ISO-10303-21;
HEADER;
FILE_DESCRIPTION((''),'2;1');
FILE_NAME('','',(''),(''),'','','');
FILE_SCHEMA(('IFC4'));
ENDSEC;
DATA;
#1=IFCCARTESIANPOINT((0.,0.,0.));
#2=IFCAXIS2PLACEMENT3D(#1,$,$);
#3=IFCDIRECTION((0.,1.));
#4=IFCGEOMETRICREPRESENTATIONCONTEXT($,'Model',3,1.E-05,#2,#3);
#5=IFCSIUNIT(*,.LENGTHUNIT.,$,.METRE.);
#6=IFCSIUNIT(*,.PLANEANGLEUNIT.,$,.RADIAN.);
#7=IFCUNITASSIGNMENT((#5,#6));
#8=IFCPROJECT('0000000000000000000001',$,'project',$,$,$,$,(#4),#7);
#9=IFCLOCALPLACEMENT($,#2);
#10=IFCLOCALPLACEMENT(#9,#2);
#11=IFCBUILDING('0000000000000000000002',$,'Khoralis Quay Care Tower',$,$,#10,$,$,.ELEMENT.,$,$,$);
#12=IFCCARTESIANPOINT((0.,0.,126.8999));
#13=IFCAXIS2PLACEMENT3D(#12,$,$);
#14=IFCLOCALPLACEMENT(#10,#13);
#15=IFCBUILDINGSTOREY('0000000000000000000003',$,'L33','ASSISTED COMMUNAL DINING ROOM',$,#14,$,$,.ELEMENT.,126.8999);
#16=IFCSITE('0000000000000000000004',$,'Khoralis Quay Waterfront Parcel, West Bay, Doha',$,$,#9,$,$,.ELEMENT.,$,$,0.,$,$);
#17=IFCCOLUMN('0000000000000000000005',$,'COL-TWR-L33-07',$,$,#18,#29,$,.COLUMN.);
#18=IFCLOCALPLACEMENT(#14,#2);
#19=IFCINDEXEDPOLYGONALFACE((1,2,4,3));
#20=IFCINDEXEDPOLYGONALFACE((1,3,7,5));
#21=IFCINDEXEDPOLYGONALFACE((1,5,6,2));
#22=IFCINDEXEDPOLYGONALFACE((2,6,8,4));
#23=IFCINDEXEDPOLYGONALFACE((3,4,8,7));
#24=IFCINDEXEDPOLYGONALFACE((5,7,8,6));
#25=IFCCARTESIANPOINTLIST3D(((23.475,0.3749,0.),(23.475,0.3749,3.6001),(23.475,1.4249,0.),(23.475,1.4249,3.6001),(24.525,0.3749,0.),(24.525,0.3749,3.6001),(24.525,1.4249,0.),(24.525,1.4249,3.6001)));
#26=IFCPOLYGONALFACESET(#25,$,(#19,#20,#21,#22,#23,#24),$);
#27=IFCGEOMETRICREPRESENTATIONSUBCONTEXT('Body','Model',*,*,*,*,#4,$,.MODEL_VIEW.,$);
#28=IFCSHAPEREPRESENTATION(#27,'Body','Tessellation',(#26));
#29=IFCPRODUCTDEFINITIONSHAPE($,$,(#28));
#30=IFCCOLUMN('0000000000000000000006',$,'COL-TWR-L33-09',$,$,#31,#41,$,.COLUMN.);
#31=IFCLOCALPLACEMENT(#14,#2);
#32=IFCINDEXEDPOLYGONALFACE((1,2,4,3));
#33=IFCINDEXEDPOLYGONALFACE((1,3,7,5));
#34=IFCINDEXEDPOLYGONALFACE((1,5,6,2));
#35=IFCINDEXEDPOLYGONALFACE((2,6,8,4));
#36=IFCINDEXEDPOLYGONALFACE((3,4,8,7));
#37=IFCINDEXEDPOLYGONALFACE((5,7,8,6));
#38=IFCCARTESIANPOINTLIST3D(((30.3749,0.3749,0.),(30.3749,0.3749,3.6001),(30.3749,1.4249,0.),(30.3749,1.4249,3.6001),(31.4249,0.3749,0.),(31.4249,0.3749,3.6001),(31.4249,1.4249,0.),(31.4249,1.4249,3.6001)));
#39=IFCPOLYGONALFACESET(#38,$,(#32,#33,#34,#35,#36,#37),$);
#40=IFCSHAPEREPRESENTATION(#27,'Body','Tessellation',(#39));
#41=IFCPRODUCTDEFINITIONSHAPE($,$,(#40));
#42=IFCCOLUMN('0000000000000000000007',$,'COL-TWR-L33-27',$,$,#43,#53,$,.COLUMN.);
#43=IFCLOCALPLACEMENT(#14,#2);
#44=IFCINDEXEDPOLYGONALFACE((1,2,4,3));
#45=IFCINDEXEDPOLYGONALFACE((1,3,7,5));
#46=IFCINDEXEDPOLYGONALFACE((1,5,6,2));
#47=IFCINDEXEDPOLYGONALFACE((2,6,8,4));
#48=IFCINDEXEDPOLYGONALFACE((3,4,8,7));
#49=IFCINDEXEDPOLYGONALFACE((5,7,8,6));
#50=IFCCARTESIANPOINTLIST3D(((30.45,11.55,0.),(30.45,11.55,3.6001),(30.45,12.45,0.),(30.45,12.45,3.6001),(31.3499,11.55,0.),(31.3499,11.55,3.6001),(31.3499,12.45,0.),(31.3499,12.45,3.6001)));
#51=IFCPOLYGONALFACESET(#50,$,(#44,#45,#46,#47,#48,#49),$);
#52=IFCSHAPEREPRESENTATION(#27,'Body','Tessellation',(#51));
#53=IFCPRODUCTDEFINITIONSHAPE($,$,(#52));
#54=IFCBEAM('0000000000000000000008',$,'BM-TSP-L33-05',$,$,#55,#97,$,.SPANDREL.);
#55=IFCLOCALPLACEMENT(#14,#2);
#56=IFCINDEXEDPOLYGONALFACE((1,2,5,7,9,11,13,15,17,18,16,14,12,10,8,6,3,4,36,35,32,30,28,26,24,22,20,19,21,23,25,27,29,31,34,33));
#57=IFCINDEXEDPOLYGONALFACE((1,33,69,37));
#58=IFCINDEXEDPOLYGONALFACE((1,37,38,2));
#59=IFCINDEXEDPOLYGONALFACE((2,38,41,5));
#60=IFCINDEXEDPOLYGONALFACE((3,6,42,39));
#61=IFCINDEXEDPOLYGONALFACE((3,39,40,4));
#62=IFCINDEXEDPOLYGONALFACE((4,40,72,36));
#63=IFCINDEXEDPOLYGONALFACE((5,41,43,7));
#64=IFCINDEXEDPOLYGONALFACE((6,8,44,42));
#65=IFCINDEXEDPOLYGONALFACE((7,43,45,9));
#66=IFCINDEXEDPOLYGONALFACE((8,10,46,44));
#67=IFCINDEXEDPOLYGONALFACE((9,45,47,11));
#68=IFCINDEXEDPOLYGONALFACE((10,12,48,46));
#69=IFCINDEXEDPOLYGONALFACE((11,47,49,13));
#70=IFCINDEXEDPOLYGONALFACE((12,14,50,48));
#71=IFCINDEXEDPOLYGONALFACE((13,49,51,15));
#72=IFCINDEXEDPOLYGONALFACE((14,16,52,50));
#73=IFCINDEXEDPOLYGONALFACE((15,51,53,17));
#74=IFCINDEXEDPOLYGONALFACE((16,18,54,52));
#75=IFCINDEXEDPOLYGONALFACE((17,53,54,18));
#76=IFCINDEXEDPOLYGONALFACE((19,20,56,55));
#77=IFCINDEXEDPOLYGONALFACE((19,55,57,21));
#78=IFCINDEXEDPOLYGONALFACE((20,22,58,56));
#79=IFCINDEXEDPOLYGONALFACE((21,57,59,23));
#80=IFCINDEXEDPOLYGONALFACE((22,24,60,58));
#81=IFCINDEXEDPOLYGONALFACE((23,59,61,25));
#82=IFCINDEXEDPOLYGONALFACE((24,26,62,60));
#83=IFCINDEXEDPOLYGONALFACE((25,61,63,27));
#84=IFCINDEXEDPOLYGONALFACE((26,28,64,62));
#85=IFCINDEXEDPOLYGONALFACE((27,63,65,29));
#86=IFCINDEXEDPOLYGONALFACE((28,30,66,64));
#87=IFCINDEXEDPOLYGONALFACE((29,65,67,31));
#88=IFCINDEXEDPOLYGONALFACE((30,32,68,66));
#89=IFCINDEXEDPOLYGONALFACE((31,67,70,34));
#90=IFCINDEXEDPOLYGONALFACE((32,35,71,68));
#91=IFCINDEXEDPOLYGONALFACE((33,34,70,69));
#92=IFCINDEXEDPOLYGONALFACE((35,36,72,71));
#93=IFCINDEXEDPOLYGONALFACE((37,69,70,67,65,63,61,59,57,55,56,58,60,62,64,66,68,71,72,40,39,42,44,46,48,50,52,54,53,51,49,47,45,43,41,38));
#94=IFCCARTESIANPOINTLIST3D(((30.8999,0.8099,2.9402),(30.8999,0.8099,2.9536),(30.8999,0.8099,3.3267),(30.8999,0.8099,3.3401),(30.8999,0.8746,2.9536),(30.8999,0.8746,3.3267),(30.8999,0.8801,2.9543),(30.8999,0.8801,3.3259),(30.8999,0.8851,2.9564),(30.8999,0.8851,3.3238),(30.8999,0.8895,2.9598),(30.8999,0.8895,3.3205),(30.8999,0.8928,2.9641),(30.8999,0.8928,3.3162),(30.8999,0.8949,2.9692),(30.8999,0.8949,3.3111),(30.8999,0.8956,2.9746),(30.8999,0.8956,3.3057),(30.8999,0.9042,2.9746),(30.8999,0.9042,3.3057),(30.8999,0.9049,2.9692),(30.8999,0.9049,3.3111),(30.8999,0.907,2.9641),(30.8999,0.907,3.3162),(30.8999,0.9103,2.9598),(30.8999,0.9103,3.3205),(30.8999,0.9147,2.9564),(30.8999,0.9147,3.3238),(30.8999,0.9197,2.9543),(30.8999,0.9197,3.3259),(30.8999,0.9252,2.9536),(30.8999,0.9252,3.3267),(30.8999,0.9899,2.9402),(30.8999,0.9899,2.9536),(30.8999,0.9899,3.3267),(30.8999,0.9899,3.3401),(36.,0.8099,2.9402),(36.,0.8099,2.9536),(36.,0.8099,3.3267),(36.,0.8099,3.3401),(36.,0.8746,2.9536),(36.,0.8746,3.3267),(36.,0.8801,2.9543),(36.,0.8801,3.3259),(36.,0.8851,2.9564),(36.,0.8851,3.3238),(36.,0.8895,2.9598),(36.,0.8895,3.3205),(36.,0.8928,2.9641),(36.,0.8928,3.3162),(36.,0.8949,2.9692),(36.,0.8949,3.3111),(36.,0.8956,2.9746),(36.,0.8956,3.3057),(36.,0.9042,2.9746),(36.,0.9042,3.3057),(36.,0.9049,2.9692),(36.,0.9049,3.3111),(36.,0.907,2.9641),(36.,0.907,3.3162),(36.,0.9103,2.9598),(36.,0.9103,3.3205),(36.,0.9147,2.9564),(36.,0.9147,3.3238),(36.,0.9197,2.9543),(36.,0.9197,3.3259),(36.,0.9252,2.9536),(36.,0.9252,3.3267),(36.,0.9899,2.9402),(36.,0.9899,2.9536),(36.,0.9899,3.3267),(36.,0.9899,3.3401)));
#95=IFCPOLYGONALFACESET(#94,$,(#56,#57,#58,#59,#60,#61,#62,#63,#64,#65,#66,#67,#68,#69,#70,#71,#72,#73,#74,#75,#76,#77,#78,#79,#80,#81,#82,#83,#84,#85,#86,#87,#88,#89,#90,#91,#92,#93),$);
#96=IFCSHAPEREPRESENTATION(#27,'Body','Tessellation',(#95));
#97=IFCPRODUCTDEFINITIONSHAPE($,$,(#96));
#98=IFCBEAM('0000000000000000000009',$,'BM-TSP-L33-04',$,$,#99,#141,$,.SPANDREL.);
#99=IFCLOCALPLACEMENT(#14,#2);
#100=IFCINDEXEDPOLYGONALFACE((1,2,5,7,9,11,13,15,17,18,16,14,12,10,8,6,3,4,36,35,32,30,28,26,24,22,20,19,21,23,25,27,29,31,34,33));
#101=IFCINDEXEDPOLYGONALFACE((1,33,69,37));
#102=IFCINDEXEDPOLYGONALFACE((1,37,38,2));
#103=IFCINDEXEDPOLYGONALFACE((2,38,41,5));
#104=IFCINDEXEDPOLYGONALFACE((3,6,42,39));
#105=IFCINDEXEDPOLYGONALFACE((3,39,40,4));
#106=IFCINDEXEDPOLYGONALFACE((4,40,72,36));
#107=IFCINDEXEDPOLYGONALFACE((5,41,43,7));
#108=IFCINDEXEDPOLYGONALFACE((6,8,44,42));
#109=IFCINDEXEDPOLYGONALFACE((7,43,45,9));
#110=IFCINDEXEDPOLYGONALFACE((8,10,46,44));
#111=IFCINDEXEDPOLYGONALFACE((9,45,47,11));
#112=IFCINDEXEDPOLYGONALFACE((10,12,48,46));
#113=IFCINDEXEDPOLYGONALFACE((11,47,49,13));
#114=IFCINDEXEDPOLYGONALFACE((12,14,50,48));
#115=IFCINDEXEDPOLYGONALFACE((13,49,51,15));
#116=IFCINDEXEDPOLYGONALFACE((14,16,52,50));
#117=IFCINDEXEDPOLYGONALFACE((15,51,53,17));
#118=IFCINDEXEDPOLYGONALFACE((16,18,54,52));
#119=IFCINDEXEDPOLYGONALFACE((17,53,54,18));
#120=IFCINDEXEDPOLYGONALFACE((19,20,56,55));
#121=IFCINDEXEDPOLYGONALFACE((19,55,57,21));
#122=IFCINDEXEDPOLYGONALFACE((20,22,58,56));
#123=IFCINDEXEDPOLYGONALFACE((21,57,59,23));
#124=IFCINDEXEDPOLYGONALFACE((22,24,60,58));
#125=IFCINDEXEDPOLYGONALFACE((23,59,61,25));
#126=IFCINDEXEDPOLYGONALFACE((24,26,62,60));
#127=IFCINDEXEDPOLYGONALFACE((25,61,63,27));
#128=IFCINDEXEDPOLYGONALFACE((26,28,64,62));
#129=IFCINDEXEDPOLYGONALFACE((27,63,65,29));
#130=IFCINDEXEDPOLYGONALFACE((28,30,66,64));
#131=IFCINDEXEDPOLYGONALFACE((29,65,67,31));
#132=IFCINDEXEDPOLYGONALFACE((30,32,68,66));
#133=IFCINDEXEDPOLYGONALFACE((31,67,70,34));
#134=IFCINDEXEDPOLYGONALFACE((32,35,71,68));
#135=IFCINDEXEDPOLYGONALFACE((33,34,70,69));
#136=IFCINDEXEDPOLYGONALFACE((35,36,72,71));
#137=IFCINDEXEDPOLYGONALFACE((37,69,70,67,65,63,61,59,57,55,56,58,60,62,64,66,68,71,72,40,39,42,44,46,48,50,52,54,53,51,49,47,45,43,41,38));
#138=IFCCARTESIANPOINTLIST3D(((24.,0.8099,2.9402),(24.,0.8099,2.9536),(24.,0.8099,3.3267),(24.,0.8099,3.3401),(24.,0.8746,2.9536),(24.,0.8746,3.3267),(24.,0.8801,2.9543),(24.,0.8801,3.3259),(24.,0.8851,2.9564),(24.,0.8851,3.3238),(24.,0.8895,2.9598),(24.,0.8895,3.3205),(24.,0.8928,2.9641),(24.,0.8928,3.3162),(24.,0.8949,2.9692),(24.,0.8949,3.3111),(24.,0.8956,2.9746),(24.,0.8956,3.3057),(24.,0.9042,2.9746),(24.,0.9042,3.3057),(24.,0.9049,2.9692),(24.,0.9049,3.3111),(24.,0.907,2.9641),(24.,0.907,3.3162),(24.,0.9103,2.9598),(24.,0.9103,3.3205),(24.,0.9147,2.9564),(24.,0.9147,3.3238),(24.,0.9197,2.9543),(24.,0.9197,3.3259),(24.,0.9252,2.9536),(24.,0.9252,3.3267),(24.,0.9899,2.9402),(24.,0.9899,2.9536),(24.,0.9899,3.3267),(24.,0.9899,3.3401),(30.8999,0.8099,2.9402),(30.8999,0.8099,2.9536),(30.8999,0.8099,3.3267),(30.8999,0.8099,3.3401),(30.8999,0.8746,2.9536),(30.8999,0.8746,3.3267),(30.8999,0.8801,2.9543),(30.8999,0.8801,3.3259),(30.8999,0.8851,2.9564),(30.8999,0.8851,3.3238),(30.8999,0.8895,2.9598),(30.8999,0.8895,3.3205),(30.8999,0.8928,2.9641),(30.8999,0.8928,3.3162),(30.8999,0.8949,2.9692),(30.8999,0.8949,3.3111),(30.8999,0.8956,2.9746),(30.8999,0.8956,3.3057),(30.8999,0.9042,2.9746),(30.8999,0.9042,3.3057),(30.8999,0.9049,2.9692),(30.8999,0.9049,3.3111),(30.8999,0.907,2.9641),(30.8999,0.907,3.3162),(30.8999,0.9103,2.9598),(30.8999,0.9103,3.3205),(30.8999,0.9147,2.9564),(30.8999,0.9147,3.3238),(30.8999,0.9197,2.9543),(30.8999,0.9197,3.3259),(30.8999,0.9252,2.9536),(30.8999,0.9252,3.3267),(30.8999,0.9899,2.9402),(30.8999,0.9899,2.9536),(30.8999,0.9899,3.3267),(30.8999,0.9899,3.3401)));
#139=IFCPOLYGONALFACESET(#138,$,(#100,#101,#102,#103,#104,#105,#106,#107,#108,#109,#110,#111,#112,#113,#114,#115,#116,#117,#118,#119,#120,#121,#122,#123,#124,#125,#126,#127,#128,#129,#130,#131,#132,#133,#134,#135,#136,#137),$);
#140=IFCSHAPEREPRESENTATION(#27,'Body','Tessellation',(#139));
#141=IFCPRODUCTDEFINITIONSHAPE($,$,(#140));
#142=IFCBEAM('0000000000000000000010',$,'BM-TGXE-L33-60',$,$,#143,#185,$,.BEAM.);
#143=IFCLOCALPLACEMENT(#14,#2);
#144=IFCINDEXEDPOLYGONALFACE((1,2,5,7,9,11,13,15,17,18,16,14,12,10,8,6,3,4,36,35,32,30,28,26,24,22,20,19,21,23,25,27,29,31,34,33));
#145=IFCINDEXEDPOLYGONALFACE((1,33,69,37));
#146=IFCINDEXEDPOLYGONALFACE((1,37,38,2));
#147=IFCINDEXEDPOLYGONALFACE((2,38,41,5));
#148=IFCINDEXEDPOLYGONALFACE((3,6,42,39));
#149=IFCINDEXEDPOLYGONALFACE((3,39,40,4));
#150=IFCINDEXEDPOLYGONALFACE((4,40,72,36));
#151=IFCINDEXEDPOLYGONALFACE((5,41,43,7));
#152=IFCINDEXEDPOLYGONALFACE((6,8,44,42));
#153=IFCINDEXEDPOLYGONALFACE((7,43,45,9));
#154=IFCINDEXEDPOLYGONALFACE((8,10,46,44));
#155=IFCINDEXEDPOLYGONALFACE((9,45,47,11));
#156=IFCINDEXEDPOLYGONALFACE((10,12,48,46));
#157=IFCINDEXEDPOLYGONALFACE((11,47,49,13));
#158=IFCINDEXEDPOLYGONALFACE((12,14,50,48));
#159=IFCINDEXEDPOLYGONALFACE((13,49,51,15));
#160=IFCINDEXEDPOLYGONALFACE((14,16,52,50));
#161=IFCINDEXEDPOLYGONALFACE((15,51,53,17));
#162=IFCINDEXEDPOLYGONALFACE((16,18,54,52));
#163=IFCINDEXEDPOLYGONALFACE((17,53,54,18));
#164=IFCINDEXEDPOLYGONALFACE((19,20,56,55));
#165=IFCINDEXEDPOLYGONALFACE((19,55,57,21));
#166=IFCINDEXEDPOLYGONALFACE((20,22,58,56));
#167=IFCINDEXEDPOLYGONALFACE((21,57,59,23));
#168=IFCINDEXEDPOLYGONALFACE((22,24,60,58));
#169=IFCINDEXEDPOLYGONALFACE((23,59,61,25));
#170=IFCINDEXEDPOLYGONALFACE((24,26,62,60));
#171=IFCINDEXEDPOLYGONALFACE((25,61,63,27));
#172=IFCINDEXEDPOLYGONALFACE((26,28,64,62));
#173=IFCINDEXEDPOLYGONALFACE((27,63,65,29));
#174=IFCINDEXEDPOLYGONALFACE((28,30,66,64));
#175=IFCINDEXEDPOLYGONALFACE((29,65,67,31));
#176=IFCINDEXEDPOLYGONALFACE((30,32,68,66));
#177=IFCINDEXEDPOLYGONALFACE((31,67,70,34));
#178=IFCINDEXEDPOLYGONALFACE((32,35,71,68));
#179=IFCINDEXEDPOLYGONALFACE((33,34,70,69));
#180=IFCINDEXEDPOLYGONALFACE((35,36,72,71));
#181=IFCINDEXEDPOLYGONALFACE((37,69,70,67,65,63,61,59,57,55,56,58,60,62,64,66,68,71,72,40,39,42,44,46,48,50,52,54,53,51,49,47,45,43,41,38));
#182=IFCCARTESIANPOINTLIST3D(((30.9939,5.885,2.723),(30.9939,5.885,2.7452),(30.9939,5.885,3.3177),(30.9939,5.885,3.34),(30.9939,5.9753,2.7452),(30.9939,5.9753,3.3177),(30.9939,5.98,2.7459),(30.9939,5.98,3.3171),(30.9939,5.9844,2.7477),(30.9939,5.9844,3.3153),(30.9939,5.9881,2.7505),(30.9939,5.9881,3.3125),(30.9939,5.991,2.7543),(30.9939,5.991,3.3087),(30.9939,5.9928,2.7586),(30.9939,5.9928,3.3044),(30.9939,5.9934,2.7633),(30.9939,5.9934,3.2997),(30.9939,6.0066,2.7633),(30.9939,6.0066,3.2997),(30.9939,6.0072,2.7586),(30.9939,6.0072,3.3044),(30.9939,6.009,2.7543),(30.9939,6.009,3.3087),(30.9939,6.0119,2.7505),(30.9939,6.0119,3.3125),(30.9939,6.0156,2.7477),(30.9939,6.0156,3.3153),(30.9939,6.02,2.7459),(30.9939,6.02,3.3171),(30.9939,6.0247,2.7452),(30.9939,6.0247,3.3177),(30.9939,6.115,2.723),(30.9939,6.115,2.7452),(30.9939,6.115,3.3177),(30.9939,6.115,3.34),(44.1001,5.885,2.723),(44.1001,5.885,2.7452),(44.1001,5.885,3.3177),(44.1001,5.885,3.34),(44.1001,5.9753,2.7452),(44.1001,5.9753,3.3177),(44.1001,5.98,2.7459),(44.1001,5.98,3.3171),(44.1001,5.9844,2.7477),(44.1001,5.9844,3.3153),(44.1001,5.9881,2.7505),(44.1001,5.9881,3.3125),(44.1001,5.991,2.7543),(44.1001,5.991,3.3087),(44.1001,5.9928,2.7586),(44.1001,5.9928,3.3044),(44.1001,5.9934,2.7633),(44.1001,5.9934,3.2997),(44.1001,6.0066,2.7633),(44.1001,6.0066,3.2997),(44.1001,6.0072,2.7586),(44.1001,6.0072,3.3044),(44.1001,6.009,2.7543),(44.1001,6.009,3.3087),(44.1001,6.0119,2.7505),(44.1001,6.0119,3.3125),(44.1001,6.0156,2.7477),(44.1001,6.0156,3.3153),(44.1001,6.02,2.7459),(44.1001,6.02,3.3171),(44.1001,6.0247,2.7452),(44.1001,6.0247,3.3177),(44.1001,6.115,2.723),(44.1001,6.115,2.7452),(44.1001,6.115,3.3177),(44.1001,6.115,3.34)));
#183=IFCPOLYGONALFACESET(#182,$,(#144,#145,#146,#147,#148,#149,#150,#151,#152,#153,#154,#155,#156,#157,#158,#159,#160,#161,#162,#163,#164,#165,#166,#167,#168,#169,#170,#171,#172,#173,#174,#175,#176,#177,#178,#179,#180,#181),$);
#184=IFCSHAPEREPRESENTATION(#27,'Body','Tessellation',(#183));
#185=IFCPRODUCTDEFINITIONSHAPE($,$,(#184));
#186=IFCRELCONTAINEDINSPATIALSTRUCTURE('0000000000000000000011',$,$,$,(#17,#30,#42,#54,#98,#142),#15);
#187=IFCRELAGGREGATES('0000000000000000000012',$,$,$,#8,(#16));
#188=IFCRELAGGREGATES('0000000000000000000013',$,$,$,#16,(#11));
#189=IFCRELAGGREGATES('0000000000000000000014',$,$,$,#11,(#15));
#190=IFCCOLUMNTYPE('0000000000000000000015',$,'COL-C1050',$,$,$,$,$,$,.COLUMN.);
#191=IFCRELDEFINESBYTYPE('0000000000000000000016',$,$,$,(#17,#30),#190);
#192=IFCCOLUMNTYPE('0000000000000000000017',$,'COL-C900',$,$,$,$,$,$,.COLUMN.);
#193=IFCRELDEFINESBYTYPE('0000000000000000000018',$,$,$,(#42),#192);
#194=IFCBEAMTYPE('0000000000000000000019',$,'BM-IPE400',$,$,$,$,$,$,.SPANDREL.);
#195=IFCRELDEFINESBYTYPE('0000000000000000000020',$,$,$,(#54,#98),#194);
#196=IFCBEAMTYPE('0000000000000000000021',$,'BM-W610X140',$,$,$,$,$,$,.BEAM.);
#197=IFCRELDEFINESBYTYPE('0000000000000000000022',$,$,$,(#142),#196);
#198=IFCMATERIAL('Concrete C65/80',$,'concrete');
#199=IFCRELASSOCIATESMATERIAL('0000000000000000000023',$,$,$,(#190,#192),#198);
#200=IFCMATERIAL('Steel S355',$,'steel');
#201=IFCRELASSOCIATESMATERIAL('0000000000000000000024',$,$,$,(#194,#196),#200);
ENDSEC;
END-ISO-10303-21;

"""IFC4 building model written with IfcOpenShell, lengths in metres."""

from ifc_helpers import new_model, si_unit, direction, frame, origin, origin_2d, place, context, subcontext, project, spatial, rectangle, i_section, extrude, source, transform, mapped, material, material_profile, profile_set, type_object, element, save


model = new_model("IFC4")

# Units and contexts
model_context = context("Model", 3, precision=1e-05, world=origin(), true_north=direction((0.0, 1.0)))
body_context = subcontext(model_context, "Body", "Model", "MODEL_VIEW")
ifc_project = project(units=[si_unit("LENGTHUNIT", "METRE"), si_unit("PLANEANGLEUNIT", "RADIAN")], contexts=[model_context])

# Site, building, storey
site_placement = place(None, origin())
site = spatial("IfcSite", under=ifc_project, at=site_placement, Name="Khoralis Quay Waterfront Parcel, West Bay, Doha", CompositionType="ELEMENT", RefElevation=0.0)
building_placement = place(site_placement, origin())
building = spatial("IfcBuilding", under=site, at=building_placement, Name="Khoralis Quay Care Tower", CompositionType="ELEMENT")
storey_placement = place(building_placement, frame((0.0, 0.0, 126.8999)))
storey = spatial("IfcBuildingStorey", under=building, at=storey_placement, Name="L33", Description="ASSISTED COMMUNAL DINING ROOM", CompositionType="ELEMENT", Elevation=126.8999)

# Columns
ifc_material_1 = material(Name="Concrete C65/80", Category="concrete")
ifc_material_profile_1 = material_profile(ifc_material_1, rectangle(XDim=1.05, YDim=1.05, at=origin_2d()), Name="Concrete C65/80")
ifc_profile_set_1 = profile_set([ifc_material_profile_1], Name="Concrete C65/80")
column_type_1 = type_object("IfcColumnType", Name="COL-C1050", PredefinedType="COLUMN", material=ifc_profile_set_1)
shared_shape_1 = source(origin(), body_context, "Body", "SweptSolid", [
    extrude(rectangle(XDim=1.05, YDim=1.05, at=origin_2d()), origin(), (0.0, 0.0, 1.0), 3.6001),
])
for number, where, z_axis, x_axis, name in (
    (1, (24.0, 0.8999, 0.0), (0.0, 0.0, 1.0), (1.0, 0.0, 0.0), "COL-TWR-L33-07"),
    (2, (30.8999, 0.8999, 0.0), (0.0, 0.0, 1.0), (1.0, 0.0, 0.0), "COL-TWR-L33-09"),
):
    element("IfcColumn", number, at=place(storey_placement, frame(where, z_axis=z_axis, x_axis=x_axis)), inside=storey, type_object=column_type_1, Name=name, PredefinedType="COLUMN", context=body_context, shape_type="MappedRepresentation", body=[
        mapped(shared_shape_1, transform((0.0, 0.0, 0.0), scale=1.0)),
    ])
ifc_material_profile_2 = material_profile(ifc_material_1, rectangle(XDim=0.8999, YDim=0.8999, at=origin_2d()), Name="Concrete C65/80")
ifc_profile_set_2 = profile_set([ifc_material_profile_2], Name="Concrete C65/80")
column_type_2 = type_object("IfcColumnType", Name="COL-C900", PredefinedType="COLUMN", material=ifc_profile_set_2)
shared_shape_2 = source(origin(), body_context, "Body", "SweptSolid", [
    extrude(rectangle(XDim=0.8999, YDim=0.8999, at=origin_2d()), origin(), (0.0, 0.0, 1.0), 3.6001),
])
column_placement = place(storey_placement, frame((30.8999, 12.0, 0.0), z_axis=(0.0, 0.0, 1.0), x_axis=(1.0, 0.0, 0.0)))
element("IfcColumn", 3, at=column_placement, inside=storey, type_object=column_type_2, Name="COL-TWR-L33-27", PredefinedType="COLUMN", context=body_context, shape_type="MappedRepresentation", body=[
    mapped(shared_shape_2, transform((0.0, 0.0, 0.0), scale=1.0)),
])

# Beams
ifc_material_2 = material(Name="Steel S355", Category="steel")
ifc_material_profile_3 = material_profile(ifc_material_2, i_section(OverallWidth=0.1799, OverallDepth=0.3999, WebThickness=0.0085, FlangeThickness=0.0134, FilletRadius=0.021, at=origin_2d()), Name="Steel S355")
ifc_profile_set_3 = profile_set([ifc_material_profile_3], Name="Steel S355")
beam_type_1 = type_object("IfcBeamType", Name="BM-IPE400", PredefinedType="SPANDREL", material=ifc_profile_set_3)
shared_shape_3 = source(origin(), body_context, "Body", "SweptSolid", [
    extrude(i_section(OverallWidth=0.1799, OverallDepth=0.3999, WebThickness=0.0085, FlangeThickness=0.0134, FilletRadius=0.021, at=origin_2d()), origin(), (0.0, 0.0, 1.0), 5.1001),
])
beam_1_placement = place(storey_placement, frame((30.8999, 0.8999, 3.1401), z_axis=(1.0, 0.0, 0.0), x_axis=(0.0, 1.0, 0.0)))
element("IfcBeam", 4, at=beam_1_placement, inside=storey, type_object=beam_type_1, Name="BM-TSP-L33-05", PredefinedType="SPANDREL", context=body_context, shape_type="MappedRepresentation", body=[
    mapped(shared_shape_3, transform((0.0, 0.0, 0.0), scale=1.0)),
])
shared_shape_4 = source(origin(), body_context, "Body", "SweptSolid", [
    extrude(i_section(OverallWidth=0.1799, OverallDepth=0.3999, WebThickness=0.0085, FlangeThickness=0.0134, FilletRadius=0.021, at=origin_2d()), origin(), (0.0, 0.0, 1.0), 6.8999),
])
beam_2_placement = place(storey_placement, frame((24.0, 0.8999, 3.1401), z_axis=(1.0, 0.0, 0.0), x_axis=(0.0, 1.0, 0.0)))
element("IfcBeam", 5, at=beam_2_placement, inside=storey, type_object=beam_type_1, Name="BM-TSP-L33-04", PredefinedType="SPANDREL", context=body_context, shape_type="MappedRepresentation", body=[
    mapped(shared_shape_4, transform((0.0, 0.0, 0.0), scale=1.0)),
])
ifc_material_profile_4 = material_profile(ifc_material_2, i_section(OverallWidth=0.23, OverallDepth=0.6169, WebThickness=0.0132, FlangeThickness=0.0222, FilletRadius=0.0181, at=origin_2d()), Name="Steel S355")
ifc_profile_set_4 = profile_set([ifc_material_profile_4], Name="Steel S355")
beam_type_2 = type_object("IfcBeamType", Name="BM-W610X140", PredefinedType="BEAM", material=ifc_profile_set_4)
shared_shape_5 = source(origin(), body_context, "Body", "SweptSolid", [
    extrude(i_section(OverallWidth=0.23, OverallDepth=0.6169, WebThickness=0.0132, FlangeThickness=0.0222, FilletRadius=0.0181, at=origin_2d()), origin(), (0.0, 0.0, 1.0), 13.1062),
])
beam_3_placement = place(storey_placement, frame((30.9939, 6.0, 3.0315), z_axis=(1.0, 0.0, 0.0), x_axis=(0.0, 1.0, 0.0)))
element("IfcBeam", 6, at=beam_3_placement, inside=storey, type_object=beam_type_2, Name="BM-TGXE-L33-60", PredefinedType="BEAM", context=body_context, shape_type="MappedRepresentation", body=[
    mapped(shared_shape_5, transform((0.0, 0.0, 0.0), scale=1.0)),
])

save(model, "model.ifc")
